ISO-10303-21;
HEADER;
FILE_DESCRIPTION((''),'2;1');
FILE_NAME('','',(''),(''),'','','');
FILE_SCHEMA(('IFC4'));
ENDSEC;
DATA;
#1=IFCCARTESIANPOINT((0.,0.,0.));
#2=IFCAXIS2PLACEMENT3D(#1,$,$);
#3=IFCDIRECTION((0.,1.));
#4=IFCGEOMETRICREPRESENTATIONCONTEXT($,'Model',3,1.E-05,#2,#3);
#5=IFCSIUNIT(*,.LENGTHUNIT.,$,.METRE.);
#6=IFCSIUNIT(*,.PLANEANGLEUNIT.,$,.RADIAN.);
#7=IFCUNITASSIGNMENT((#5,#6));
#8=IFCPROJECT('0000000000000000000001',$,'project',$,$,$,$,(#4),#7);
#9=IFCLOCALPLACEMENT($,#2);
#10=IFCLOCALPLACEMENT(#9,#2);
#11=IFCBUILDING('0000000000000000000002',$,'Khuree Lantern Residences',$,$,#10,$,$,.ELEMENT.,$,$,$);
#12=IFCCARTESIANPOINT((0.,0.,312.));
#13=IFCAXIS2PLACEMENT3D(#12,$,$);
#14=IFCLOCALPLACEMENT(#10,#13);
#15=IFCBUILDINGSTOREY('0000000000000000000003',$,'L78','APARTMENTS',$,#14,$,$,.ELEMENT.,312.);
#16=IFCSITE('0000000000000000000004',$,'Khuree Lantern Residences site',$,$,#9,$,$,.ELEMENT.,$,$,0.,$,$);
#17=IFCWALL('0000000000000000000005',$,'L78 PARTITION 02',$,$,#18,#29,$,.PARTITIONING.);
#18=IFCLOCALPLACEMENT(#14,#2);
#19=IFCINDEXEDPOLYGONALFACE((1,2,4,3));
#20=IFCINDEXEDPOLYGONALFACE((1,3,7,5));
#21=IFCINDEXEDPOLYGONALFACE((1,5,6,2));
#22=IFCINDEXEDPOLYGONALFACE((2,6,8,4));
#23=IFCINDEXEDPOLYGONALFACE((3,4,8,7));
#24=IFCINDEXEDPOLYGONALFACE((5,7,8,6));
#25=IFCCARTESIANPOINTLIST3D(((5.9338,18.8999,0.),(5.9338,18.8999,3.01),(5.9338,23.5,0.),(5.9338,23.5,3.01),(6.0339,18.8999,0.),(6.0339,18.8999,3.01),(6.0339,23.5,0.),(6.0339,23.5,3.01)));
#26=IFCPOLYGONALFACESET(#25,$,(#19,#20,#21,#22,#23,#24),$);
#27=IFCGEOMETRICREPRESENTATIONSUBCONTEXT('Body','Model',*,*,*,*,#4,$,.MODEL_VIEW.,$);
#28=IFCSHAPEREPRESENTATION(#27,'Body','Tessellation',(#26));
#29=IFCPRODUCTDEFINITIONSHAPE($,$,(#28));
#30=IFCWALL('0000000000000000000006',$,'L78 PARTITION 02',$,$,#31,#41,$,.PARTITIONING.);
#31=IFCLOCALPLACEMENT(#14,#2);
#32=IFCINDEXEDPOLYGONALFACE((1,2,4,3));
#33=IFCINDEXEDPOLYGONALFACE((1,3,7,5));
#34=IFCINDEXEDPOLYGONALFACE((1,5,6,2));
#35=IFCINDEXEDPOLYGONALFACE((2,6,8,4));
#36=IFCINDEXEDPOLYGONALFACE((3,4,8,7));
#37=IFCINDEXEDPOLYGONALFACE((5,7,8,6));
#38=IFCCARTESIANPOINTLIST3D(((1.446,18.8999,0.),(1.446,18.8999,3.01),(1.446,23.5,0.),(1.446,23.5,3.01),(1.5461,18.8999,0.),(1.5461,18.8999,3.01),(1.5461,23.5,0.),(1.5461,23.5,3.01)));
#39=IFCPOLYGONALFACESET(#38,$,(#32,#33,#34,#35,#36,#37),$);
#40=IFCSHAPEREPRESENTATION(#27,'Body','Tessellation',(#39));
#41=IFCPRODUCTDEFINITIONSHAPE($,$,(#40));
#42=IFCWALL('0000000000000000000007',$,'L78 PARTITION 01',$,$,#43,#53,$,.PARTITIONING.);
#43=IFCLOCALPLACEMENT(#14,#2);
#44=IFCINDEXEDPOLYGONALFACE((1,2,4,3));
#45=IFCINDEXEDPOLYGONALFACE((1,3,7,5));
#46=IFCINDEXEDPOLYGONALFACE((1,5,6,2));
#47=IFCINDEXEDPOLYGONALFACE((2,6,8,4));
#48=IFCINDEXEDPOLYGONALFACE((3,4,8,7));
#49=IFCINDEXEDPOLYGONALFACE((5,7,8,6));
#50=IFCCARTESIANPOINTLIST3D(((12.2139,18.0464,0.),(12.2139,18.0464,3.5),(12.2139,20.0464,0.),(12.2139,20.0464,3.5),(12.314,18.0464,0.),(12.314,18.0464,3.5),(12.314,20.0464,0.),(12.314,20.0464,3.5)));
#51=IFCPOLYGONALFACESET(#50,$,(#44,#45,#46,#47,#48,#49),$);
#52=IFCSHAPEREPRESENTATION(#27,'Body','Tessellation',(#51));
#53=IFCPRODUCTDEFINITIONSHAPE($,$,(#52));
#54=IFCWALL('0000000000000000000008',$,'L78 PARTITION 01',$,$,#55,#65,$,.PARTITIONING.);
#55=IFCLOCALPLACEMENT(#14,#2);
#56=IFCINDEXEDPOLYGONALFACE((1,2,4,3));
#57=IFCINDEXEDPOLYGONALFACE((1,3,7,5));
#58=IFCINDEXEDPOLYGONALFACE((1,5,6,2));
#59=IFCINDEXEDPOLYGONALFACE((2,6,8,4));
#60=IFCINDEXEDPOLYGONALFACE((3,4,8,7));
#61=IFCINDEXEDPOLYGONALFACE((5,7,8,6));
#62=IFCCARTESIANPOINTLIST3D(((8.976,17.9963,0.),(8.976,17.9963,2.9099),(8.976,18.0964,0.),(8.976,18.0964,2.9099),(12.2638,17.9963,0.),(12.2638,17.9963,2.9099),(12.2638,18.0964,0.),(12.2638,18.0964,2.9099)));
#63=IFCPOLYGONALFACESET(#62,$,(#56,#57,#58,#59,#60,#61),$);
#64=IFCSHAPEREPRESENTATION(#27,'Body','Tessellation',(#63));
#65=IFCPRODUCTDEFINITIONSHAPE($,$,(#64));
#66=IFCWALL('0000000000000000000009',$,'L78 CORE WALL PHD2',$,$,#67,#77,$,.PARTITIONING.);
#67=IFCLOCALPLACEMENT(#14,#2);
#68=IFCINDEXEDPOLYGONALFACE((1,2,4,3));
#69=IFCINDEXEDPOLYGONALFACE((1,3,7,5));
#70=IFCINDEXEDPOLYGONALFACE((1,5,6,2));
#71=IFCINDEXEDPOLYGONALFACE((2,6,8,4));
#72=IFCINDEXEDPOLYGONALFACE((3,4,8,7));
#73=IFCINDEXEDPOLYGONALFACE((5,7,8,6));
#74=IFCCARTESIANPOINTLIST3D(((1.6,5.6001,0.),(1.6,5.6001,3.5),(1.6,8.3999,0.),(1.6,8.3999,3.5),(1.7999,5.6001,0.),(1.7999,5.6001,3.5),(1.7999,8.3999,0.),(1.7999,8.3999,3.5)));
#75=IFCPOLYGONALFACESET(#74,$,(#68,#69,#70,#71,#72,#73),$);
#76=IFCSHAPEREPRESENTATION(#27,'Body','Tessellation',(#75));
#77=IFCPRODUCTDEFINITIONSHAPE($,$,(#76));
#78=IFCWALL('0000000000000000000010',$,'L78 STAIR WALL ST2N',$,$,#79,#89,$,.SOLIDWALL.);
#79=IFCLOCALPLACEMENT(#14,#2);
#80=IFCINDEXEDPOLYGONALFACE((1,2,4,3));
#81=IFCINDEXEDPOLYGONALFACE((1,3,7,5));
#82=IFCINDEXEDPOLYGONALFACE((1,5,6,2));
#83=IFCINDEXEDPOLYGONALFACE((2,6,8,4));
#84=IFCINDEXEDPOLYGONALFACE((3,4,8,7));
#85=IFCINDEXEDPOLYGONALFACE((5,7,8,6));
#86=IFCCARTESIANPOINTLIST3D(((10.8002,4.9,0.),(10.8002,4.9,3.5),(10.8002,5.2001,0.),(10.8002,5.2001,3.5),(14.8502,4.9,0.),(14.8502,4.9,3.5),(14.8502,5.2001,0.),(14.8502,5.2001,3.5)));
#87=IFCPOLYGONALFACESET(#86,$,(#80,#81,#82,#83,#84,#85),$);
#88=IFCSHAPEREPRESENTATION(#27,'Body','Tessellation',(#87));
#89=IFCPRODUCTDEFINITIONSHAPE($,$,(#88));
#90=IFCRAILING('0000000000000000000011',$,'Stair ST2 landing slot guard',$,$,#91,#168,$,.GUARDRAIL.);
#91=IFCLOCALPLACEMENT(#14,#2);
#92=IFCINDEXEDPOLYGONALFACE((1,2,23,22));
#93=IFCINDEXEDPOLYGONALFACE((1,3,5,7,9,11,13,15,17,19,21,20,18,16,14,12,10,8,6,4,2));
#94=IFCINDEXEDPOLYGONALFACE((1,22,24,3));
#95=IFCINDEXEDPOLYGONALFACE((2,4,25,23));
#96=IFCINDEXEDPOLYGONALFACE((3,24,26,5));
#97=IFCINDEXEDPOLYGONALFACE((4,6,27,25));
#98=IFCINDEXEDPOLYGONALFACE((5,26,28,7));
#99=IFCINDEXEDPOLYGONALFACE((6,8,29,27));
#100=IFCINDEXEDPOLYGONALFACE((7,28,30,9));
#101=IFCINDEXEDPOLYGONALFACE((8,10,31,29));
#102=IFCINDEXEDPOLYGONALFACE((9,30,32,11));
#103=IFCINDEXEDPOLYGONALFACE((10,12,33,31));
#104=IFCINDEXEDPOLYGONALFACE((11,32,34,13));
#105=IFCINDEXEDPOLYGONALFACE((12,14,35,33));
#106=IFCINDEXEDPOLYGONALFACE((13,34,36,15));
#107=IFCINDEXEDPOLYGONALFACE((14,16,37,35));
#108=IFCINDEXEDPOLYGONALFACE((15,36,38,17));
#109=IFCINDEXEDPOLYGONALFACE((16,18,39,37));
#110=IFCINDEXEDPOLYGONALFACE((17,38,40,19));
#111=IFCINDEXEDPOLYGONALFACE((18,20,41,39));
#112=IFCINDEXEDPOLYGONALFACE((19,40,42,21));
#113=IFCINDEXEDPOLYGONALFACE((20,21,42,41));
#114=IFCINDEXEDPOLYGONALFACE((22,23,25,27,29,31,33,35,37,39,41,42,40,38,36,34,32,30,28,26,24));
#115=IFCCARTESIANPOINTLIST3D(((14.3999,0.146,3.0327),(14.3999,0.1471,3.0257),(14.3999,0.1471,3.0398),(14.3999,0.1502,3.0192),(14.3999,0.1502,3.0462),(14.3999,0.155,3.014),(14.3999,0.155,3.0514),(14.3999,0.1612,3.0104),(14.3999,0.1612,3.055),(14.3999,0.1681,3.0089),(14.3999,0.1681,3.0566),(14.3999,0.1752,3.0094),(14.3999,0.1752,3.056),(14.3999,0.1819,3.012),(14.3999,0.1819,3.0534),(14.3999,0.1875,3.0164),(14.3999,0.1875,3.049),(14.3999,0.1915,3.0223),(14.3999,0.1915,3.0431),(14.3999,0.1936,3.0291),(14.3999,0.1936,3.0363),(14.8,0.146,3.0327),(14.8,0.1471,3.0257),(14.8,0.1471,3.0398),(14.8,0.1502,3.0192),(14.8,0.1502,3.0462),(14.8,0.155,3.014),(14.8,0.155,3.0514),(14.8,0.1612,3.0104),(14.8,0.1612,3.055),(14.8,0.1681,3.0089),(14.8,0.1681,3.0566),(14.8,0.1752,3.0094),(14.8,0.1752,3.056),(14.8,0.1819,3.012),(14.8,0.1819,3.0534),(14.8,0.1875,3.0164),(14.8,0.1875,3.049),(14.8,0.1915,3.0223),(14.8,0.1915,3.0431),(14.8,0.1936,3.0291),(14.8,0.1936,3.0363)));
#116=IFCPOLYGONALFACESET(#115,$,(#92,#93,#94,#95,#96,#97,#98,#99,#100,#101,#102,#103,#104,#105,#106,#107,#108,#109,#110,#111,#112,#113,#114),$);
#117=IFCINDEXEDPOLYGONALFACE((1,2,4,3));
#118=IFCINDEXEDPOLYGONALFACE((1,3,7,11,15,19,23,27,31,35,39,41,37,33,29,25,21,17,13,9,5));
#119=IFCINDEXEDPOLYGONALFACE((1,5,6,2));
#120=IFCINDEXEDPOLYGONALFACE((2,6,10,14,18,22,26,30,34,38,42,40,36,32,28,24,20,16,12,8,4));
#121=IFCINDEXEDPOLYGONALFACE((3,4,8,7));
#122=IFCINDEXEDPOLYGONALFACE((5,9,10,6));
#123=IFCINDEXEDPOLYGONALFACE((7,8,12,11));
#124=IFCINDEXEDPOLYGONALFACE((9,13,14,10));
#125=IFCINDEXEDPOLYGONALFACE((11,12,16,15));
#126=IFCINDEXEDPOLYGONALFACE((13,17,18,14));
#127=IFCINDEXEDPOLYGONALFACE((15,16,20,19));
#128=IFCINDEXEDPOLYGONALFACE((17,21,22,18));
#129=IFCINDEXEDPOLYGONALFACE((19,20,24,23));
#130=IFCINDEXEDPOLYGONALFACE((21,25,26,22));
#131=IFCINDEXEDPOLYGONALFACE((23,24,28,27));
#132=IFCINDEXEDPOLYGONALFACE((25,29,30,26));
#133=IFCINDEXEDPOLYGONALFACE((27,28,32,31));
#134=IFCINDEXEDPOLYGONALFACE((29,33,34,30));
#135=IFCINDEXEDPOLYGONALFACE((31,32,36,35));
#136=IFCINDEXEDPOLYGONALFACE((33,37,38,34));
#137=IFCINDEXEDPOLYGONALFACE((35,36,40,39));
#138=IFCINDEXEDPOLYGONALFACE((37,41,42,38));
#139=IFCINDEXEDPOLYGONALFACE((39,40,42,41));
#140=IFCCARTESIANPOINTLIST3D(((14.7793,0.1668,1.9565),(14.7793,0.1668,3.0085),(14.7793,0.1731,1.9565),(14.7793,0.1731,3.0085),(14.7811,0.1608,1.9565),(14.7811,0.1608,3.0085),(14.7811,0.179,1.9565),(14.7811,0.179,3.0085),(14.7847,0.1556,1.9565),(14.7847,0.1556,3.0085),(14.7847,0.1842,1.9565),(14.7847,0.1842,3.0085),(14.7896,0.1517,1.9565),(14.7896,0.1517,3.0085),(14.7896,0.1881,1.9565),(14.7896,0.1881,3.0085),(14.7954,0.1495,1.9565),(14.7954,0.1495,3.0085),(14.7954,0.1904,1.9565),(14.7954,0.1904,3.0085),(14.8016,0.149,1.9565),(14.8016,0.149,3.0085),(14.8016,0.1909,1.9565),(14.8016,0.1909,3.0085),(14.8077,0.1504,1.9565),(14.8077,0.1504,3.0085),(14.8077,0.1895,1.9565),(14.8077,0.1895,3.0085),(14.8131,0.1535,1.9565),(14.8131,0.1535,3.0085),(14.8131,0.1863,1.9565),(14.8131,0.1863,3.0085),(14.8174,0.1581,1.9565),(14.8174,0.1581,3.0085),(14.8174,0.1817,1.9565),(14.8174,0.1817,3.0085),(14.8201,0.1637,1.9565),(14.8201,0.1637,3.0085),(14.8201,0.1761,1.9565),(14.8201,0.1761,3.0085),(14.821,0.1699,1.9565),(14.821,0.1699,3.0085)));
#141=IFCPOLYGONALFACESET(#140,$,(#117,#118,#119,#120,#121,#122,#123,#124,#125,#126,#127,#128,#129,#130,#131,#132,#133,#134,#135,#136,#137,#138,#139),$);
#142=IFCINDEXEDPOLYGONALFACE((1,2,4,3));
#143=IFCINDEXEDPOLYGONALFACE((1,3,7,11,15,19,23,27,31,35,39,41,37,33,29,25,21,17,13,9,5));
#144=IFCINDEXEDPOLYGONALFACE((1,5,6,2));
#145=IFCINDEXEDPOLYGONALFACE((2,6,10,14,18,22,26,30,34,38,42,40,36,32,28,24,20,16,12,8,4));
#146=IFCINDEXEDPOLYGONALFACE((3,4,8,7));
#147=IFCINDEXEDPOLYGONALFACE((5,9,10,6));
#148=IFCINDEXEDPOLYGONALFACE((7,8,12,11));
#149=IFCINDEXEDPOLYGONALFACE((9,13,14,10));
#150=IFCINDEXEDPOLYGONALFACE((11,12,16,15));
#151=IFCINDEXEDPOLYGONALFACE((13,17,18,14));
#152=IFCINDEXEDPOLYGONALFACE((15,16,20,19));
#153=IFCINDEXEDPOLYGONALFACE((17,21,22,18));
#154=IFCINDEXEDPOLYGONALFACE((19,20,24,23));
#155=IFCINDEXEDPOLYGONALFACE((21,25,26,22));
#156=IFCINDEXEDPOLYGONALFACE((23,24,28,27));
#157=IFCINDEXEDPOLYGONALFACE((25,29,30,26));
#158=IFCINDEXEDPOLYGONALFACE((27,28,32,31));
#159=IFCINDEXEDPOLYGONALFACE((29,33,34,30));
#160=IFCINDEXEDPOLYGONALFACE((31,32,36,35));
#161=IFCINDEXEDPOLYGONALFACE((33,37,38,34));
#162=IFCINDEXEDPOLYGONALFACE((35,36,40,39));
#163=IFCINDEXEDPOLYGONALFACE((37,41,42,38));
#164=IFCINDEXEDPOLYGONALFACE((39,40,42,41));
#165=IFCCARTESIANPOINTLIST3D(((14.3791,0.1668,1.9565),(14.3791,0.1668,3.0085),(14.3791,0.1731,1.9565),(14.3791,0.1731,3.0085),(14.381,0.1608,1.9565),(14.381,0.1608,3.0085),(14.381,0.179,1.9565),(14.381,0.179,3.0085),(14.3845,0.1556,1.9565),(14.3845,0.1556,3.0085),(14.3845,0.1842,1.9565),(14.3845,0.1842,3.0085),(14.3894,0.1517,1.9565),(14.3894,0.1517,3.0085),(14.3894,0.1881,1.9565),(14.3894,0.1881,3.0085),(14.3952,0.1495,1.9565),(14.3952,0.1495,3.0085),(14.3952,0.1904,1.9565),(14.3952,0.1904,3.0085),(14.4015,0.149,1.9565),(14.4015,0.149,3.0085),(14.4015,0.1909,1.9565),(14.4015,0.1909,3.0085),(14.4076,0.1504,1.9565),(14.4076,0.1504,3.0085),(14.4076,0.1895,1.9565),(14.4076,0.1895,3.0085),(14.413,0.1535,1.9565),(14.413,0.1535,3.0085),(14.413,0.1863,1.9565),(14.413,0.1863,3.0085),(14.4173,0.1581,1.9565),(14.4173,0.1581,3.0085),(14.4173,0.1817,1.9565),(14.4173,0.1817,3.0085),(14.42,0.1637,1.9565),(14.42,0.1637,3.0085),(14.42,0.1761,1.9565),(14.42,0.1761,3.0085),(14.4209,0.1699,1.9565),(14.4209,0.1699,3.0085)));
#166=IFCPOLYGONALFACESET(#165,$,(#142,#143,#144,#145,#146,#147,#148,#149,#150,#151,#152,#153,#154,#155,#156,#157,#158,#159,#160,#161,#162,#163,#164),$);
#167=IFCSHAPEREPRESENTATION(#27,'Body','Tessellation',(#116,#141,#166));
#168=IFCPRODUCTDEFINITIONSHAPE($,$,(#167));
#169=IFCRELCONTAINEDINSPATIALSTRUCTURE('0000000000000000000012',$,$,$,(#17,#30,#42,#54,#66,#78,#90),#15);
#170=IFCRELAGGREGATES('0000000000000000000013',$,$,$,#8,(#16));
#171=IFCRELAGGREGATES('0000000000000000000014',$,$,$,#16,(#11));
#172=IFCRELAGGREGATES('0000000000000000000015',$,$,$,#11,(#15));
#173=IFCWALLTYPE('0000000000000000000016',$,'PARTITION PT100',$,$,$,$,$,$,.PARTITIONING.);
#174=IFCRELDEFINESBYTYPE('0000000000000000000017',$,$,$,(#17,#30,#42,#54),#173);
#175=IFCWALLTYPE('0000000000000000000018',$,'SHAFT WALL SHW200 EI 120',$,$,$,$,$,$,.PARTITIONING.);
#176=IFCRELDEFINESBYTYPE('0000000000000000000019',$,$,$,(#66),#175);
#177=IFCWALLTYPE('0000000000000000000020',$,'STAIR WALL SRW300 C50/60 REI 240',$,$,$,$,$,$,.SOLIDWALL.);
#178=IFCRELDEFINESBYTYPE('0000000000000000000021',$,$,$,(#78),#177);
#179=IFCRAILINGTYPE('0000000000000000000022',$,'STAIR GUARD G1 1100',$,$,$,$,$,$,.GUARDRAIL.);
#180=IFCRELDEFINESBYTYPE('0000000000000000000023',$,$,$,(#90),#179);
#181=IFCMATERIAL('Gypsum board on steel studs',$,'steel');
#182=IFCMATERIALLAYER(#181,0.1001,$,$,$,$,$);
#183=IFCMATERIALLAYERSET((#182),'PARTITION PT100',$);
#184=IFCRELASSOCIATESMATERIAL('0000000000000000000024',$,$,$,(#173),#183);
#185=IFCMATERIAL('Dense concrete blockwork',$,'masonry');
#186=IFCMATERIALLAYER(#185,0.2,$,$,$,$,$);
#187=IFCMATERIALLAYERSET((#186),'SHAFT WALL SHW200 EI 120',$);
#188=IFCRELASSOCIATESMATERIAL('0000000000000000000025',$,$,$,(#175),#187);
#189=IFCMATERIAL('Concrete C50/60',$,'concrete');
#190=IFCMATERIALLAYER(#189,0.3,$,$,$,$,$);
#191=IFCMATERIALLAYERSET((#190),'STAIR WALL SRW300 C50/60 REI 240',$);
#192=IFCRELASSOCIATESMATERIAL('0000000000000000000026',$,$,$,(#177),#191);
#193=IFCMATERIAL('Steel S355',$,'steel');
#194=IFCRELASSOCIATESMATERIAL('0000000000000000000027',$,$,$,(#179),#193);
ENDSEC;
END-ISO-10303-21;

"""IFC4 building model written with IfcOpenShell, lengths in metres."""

from ifc_helpers import new_model, si_unit, direction, frame, frame_2d, origin, origin_2d, place, context, subcontext, project, spatial, rectangle, circle, extrude, material, layer, layer_set, type_object, element, save


model = new_model("IFC4")

# Units and contexts
model_context = context("Model", 3, precision=1e-05, world=origin(), true_north=direction((0.0, 1.0)))
body_context = subcontext(model_context, "Body", "Model", "MODEL_VIEW")
ifc_project = project(units=[si_unit("LENGTHUNIT", "METRE"), si_unit("PLANEANGLEUNIT", "RADIAN")], contexts=[model_context])

# Site, building, storey
site_placement = place(None, origin())
site = spatial("IfcSite", under=ifc_project, at=site_placement, Name="Khuree Lantern Residences site", CompositionType="ELEMENT", RefElevation=0.0)
building_placement = place(site_placement, origin())
building = spatial("IfcBuilding", under=site, at=building_placement, Name="Khuree Lantern Residences", CompositionType="ELEMENT")
storey_placement = place(building_placement, frame((0.0, 0.0, 312.0)))
storey = spatial("IfcBuildingStorey", under=building, at=storey_placement, Name="L78", Description="APARTMENTS", CompositionType="ELEMENT", Elevation=312.0)

# Walls
ifc_material_1 = material(Name="Dense concrete blockwork", Category="masonry")
ifc_material_2 = material(Name="Gypsum board on steel studs", Category="steel")
ifc_layer_1 = layer(ifc_material_2, 0.1001)
ifc_layer_set_1 = layer_set([ifc_layer_1], Name="PARTITION PT100")
wall_type_1 = type_object("IfcWallType", Name="PARTITION PT100", PredefinedType="PARTITIONING", material=ifc_layer_set_1)
for number, where, z_axis, x_axis, name in (
    (1, (5.9839, 18.8999, 0.0), (0.0, 0.0, 1.0), (0.0, 1.0, 0.0), "L78 PARTITION 02"),
    (2, (1.4961, 18.8999, 0.0), (0.0, 0.0, 1.0), (0.0, 1.0, 0.0), "L78 PARTITION 02"),
):
    element("IfcWall", number, at=place(storey_placement, frame(where, z_axis=z_axis, x_axis=x_axis)), inside=storey, type_object=wall_type_1, Name=name, PredefinedType="PARTITIONING", context=body_context, shape_type="SweptSolid", body=[
        extrude(rectangle(XDim=4.6001, YDim=0.1001, at=frame_2d((2.3, 0.0))), origin(), (0.0, 0.0, 1.0), 3.01),
    ])
wall_1_placement = place(storey_placement, frame((12.2639, 18.0464, 0.0), z_axis=(0.0, 0.0, 1.0), x_axis=(0.0, 1.0, 0.0)))
element("IfcWall", 3, at=wall_1_placement, inside=storey, type_object=wall_type_1, Name="L78 PARTITION 01", PredefinedType="PARTITIONING", context=body_context, shape_type="SweptSolid", body=[
    extrude(rectangle(XDim=2.0, YDim=0.1001, at=frame_2d((1.0, 0.0))), origin(), (0.0, 0.0, 1.0), 3.5),
])
wall_2_placement = place(storey_placement, frame((12.2639, 18.0464, 0.0), z_axis=(0.0, 0.0, 1.0), x_axis=(-1.0, 0.0, 0.0)))
element("IfcWall", 4, at=wall_2_placement, inside=storey, type_object=wall_type_1, Name="L78 PARTITION 01", PredefinedType="PARTITIONING", context=body_context, shape_type="SweptSolid", body=[
    extrude(rectangle(XDim=3.2878, YDim=0.1001, at=frame_2d((1.644, 0.0))), origin(), (0.0, 0.0, 1.0), 2.9099),
])
ifc_layer_2 = layer(ifc_material_1, 0.2)
ifc_layer_set_2 = layer_set([ifc_layer_2], Name="SHAFT WALL SHW200 EI 120")
wall_type_2 = type_object("IfcWallType", Name="SHAFT WALL SHW200 EI 120", PredefinedType="PARTITIONING", material=ifc_layer_set_2)
wall_3_placement = place(storey_placement, frame((1.7, 5.6001, 0.0), z_axis=(0.0, 0.0, 1.0), x_axis=(0.0, 1.0, 0.0)))
element("IfcWall", 5, at=wall_3_placement, inside=storey, type_object=wall_type_2, Name="L78 CORE WALL PHD2", PredefinedType="PARTITIONING", context=body_context, shape_type="SweptSolid", body=[
    extrude(rectangle(XDim=2.7998, YDim=0.2, at=frame_2d((1.3999, 0.0))), origin(), (0.0, 0.0, 1.0), 3.5),
])
ifc_material_3 = material(Name="Concrete C50/60", Category="concrete")
ifc_layer_3 = layer(ifc_material_3, 0.3)
ifc_layer_set_3 = layer_set([ifc_layer_3], Name="STAIR WALL SRW300 C50/60 REI 240")
wall_type_3 = type_object("IfcWallType", Name="STAIR WALL SRW300 C50/60 REI 240", PredefinedType="SOLIDWALL", material=ifc_layer_set_3)
wall_4_placement = place(storey_placement, frame((14.8501, 5.05, 0.0), z_axis=(0.0, 0.0, 1.0), x_axis=(-1.0, 0.0, 0.0)))
element("IfcWall", 6, at=wall_4_placement, inside=storey, type_object=wall_type_3, Name="L78 STAIR WALL ST2N", PredefinedType="SOLIDWALL", context=body_context, shape_type="SweptSolid", body=[
    extrude(rectangle(XDim=4.05, YDim=0.3, at=frame_2d((2.0249, 0.0))), origin(), (0.0, 0.0, 1.0), 3.5),
])

# Railing
ifc_material_4 = material(Name="Steel S355", Category="steel")
railing_type = type_object("IfcRailingType", Name="STAIR GUARD G1 1100", PredefinedType="GUARDRAIL", material=ifc_material_4)
railing_placement = place(storey_placement, frame((14.8, 0.1699, 1.9565)))
element("IfcRailing", 7, at=railing_placement, inside=storey, type_object=railing_type, Name="Stair ST2 landing slot guard", PredefinedType="GUARDRAIL", context=body_context, shape_type="SweptSolid", body=[
    extrude(circle(Radius=0.0239, at=origin_2d()), frame((0.0, 0.0, 1.0762), z_axis=(-1.0, 0.0, 0.0), x_axis=(0.0, -1.0, 0.0)), (0.0, 0.0, 1.0), 0.4001),
    extrude(circle(Radius=0.021, at=origin_2d()), origin(), (0.0, 0.0, 1.0), 1.052),
    extrude(circle(Radius=0.021, at=origin_2d()), frame((-0.4001, 0.0, 0.0)), (0.0, 0.0, 1.0), 1.052),
])

save(model, "model.ifc")
